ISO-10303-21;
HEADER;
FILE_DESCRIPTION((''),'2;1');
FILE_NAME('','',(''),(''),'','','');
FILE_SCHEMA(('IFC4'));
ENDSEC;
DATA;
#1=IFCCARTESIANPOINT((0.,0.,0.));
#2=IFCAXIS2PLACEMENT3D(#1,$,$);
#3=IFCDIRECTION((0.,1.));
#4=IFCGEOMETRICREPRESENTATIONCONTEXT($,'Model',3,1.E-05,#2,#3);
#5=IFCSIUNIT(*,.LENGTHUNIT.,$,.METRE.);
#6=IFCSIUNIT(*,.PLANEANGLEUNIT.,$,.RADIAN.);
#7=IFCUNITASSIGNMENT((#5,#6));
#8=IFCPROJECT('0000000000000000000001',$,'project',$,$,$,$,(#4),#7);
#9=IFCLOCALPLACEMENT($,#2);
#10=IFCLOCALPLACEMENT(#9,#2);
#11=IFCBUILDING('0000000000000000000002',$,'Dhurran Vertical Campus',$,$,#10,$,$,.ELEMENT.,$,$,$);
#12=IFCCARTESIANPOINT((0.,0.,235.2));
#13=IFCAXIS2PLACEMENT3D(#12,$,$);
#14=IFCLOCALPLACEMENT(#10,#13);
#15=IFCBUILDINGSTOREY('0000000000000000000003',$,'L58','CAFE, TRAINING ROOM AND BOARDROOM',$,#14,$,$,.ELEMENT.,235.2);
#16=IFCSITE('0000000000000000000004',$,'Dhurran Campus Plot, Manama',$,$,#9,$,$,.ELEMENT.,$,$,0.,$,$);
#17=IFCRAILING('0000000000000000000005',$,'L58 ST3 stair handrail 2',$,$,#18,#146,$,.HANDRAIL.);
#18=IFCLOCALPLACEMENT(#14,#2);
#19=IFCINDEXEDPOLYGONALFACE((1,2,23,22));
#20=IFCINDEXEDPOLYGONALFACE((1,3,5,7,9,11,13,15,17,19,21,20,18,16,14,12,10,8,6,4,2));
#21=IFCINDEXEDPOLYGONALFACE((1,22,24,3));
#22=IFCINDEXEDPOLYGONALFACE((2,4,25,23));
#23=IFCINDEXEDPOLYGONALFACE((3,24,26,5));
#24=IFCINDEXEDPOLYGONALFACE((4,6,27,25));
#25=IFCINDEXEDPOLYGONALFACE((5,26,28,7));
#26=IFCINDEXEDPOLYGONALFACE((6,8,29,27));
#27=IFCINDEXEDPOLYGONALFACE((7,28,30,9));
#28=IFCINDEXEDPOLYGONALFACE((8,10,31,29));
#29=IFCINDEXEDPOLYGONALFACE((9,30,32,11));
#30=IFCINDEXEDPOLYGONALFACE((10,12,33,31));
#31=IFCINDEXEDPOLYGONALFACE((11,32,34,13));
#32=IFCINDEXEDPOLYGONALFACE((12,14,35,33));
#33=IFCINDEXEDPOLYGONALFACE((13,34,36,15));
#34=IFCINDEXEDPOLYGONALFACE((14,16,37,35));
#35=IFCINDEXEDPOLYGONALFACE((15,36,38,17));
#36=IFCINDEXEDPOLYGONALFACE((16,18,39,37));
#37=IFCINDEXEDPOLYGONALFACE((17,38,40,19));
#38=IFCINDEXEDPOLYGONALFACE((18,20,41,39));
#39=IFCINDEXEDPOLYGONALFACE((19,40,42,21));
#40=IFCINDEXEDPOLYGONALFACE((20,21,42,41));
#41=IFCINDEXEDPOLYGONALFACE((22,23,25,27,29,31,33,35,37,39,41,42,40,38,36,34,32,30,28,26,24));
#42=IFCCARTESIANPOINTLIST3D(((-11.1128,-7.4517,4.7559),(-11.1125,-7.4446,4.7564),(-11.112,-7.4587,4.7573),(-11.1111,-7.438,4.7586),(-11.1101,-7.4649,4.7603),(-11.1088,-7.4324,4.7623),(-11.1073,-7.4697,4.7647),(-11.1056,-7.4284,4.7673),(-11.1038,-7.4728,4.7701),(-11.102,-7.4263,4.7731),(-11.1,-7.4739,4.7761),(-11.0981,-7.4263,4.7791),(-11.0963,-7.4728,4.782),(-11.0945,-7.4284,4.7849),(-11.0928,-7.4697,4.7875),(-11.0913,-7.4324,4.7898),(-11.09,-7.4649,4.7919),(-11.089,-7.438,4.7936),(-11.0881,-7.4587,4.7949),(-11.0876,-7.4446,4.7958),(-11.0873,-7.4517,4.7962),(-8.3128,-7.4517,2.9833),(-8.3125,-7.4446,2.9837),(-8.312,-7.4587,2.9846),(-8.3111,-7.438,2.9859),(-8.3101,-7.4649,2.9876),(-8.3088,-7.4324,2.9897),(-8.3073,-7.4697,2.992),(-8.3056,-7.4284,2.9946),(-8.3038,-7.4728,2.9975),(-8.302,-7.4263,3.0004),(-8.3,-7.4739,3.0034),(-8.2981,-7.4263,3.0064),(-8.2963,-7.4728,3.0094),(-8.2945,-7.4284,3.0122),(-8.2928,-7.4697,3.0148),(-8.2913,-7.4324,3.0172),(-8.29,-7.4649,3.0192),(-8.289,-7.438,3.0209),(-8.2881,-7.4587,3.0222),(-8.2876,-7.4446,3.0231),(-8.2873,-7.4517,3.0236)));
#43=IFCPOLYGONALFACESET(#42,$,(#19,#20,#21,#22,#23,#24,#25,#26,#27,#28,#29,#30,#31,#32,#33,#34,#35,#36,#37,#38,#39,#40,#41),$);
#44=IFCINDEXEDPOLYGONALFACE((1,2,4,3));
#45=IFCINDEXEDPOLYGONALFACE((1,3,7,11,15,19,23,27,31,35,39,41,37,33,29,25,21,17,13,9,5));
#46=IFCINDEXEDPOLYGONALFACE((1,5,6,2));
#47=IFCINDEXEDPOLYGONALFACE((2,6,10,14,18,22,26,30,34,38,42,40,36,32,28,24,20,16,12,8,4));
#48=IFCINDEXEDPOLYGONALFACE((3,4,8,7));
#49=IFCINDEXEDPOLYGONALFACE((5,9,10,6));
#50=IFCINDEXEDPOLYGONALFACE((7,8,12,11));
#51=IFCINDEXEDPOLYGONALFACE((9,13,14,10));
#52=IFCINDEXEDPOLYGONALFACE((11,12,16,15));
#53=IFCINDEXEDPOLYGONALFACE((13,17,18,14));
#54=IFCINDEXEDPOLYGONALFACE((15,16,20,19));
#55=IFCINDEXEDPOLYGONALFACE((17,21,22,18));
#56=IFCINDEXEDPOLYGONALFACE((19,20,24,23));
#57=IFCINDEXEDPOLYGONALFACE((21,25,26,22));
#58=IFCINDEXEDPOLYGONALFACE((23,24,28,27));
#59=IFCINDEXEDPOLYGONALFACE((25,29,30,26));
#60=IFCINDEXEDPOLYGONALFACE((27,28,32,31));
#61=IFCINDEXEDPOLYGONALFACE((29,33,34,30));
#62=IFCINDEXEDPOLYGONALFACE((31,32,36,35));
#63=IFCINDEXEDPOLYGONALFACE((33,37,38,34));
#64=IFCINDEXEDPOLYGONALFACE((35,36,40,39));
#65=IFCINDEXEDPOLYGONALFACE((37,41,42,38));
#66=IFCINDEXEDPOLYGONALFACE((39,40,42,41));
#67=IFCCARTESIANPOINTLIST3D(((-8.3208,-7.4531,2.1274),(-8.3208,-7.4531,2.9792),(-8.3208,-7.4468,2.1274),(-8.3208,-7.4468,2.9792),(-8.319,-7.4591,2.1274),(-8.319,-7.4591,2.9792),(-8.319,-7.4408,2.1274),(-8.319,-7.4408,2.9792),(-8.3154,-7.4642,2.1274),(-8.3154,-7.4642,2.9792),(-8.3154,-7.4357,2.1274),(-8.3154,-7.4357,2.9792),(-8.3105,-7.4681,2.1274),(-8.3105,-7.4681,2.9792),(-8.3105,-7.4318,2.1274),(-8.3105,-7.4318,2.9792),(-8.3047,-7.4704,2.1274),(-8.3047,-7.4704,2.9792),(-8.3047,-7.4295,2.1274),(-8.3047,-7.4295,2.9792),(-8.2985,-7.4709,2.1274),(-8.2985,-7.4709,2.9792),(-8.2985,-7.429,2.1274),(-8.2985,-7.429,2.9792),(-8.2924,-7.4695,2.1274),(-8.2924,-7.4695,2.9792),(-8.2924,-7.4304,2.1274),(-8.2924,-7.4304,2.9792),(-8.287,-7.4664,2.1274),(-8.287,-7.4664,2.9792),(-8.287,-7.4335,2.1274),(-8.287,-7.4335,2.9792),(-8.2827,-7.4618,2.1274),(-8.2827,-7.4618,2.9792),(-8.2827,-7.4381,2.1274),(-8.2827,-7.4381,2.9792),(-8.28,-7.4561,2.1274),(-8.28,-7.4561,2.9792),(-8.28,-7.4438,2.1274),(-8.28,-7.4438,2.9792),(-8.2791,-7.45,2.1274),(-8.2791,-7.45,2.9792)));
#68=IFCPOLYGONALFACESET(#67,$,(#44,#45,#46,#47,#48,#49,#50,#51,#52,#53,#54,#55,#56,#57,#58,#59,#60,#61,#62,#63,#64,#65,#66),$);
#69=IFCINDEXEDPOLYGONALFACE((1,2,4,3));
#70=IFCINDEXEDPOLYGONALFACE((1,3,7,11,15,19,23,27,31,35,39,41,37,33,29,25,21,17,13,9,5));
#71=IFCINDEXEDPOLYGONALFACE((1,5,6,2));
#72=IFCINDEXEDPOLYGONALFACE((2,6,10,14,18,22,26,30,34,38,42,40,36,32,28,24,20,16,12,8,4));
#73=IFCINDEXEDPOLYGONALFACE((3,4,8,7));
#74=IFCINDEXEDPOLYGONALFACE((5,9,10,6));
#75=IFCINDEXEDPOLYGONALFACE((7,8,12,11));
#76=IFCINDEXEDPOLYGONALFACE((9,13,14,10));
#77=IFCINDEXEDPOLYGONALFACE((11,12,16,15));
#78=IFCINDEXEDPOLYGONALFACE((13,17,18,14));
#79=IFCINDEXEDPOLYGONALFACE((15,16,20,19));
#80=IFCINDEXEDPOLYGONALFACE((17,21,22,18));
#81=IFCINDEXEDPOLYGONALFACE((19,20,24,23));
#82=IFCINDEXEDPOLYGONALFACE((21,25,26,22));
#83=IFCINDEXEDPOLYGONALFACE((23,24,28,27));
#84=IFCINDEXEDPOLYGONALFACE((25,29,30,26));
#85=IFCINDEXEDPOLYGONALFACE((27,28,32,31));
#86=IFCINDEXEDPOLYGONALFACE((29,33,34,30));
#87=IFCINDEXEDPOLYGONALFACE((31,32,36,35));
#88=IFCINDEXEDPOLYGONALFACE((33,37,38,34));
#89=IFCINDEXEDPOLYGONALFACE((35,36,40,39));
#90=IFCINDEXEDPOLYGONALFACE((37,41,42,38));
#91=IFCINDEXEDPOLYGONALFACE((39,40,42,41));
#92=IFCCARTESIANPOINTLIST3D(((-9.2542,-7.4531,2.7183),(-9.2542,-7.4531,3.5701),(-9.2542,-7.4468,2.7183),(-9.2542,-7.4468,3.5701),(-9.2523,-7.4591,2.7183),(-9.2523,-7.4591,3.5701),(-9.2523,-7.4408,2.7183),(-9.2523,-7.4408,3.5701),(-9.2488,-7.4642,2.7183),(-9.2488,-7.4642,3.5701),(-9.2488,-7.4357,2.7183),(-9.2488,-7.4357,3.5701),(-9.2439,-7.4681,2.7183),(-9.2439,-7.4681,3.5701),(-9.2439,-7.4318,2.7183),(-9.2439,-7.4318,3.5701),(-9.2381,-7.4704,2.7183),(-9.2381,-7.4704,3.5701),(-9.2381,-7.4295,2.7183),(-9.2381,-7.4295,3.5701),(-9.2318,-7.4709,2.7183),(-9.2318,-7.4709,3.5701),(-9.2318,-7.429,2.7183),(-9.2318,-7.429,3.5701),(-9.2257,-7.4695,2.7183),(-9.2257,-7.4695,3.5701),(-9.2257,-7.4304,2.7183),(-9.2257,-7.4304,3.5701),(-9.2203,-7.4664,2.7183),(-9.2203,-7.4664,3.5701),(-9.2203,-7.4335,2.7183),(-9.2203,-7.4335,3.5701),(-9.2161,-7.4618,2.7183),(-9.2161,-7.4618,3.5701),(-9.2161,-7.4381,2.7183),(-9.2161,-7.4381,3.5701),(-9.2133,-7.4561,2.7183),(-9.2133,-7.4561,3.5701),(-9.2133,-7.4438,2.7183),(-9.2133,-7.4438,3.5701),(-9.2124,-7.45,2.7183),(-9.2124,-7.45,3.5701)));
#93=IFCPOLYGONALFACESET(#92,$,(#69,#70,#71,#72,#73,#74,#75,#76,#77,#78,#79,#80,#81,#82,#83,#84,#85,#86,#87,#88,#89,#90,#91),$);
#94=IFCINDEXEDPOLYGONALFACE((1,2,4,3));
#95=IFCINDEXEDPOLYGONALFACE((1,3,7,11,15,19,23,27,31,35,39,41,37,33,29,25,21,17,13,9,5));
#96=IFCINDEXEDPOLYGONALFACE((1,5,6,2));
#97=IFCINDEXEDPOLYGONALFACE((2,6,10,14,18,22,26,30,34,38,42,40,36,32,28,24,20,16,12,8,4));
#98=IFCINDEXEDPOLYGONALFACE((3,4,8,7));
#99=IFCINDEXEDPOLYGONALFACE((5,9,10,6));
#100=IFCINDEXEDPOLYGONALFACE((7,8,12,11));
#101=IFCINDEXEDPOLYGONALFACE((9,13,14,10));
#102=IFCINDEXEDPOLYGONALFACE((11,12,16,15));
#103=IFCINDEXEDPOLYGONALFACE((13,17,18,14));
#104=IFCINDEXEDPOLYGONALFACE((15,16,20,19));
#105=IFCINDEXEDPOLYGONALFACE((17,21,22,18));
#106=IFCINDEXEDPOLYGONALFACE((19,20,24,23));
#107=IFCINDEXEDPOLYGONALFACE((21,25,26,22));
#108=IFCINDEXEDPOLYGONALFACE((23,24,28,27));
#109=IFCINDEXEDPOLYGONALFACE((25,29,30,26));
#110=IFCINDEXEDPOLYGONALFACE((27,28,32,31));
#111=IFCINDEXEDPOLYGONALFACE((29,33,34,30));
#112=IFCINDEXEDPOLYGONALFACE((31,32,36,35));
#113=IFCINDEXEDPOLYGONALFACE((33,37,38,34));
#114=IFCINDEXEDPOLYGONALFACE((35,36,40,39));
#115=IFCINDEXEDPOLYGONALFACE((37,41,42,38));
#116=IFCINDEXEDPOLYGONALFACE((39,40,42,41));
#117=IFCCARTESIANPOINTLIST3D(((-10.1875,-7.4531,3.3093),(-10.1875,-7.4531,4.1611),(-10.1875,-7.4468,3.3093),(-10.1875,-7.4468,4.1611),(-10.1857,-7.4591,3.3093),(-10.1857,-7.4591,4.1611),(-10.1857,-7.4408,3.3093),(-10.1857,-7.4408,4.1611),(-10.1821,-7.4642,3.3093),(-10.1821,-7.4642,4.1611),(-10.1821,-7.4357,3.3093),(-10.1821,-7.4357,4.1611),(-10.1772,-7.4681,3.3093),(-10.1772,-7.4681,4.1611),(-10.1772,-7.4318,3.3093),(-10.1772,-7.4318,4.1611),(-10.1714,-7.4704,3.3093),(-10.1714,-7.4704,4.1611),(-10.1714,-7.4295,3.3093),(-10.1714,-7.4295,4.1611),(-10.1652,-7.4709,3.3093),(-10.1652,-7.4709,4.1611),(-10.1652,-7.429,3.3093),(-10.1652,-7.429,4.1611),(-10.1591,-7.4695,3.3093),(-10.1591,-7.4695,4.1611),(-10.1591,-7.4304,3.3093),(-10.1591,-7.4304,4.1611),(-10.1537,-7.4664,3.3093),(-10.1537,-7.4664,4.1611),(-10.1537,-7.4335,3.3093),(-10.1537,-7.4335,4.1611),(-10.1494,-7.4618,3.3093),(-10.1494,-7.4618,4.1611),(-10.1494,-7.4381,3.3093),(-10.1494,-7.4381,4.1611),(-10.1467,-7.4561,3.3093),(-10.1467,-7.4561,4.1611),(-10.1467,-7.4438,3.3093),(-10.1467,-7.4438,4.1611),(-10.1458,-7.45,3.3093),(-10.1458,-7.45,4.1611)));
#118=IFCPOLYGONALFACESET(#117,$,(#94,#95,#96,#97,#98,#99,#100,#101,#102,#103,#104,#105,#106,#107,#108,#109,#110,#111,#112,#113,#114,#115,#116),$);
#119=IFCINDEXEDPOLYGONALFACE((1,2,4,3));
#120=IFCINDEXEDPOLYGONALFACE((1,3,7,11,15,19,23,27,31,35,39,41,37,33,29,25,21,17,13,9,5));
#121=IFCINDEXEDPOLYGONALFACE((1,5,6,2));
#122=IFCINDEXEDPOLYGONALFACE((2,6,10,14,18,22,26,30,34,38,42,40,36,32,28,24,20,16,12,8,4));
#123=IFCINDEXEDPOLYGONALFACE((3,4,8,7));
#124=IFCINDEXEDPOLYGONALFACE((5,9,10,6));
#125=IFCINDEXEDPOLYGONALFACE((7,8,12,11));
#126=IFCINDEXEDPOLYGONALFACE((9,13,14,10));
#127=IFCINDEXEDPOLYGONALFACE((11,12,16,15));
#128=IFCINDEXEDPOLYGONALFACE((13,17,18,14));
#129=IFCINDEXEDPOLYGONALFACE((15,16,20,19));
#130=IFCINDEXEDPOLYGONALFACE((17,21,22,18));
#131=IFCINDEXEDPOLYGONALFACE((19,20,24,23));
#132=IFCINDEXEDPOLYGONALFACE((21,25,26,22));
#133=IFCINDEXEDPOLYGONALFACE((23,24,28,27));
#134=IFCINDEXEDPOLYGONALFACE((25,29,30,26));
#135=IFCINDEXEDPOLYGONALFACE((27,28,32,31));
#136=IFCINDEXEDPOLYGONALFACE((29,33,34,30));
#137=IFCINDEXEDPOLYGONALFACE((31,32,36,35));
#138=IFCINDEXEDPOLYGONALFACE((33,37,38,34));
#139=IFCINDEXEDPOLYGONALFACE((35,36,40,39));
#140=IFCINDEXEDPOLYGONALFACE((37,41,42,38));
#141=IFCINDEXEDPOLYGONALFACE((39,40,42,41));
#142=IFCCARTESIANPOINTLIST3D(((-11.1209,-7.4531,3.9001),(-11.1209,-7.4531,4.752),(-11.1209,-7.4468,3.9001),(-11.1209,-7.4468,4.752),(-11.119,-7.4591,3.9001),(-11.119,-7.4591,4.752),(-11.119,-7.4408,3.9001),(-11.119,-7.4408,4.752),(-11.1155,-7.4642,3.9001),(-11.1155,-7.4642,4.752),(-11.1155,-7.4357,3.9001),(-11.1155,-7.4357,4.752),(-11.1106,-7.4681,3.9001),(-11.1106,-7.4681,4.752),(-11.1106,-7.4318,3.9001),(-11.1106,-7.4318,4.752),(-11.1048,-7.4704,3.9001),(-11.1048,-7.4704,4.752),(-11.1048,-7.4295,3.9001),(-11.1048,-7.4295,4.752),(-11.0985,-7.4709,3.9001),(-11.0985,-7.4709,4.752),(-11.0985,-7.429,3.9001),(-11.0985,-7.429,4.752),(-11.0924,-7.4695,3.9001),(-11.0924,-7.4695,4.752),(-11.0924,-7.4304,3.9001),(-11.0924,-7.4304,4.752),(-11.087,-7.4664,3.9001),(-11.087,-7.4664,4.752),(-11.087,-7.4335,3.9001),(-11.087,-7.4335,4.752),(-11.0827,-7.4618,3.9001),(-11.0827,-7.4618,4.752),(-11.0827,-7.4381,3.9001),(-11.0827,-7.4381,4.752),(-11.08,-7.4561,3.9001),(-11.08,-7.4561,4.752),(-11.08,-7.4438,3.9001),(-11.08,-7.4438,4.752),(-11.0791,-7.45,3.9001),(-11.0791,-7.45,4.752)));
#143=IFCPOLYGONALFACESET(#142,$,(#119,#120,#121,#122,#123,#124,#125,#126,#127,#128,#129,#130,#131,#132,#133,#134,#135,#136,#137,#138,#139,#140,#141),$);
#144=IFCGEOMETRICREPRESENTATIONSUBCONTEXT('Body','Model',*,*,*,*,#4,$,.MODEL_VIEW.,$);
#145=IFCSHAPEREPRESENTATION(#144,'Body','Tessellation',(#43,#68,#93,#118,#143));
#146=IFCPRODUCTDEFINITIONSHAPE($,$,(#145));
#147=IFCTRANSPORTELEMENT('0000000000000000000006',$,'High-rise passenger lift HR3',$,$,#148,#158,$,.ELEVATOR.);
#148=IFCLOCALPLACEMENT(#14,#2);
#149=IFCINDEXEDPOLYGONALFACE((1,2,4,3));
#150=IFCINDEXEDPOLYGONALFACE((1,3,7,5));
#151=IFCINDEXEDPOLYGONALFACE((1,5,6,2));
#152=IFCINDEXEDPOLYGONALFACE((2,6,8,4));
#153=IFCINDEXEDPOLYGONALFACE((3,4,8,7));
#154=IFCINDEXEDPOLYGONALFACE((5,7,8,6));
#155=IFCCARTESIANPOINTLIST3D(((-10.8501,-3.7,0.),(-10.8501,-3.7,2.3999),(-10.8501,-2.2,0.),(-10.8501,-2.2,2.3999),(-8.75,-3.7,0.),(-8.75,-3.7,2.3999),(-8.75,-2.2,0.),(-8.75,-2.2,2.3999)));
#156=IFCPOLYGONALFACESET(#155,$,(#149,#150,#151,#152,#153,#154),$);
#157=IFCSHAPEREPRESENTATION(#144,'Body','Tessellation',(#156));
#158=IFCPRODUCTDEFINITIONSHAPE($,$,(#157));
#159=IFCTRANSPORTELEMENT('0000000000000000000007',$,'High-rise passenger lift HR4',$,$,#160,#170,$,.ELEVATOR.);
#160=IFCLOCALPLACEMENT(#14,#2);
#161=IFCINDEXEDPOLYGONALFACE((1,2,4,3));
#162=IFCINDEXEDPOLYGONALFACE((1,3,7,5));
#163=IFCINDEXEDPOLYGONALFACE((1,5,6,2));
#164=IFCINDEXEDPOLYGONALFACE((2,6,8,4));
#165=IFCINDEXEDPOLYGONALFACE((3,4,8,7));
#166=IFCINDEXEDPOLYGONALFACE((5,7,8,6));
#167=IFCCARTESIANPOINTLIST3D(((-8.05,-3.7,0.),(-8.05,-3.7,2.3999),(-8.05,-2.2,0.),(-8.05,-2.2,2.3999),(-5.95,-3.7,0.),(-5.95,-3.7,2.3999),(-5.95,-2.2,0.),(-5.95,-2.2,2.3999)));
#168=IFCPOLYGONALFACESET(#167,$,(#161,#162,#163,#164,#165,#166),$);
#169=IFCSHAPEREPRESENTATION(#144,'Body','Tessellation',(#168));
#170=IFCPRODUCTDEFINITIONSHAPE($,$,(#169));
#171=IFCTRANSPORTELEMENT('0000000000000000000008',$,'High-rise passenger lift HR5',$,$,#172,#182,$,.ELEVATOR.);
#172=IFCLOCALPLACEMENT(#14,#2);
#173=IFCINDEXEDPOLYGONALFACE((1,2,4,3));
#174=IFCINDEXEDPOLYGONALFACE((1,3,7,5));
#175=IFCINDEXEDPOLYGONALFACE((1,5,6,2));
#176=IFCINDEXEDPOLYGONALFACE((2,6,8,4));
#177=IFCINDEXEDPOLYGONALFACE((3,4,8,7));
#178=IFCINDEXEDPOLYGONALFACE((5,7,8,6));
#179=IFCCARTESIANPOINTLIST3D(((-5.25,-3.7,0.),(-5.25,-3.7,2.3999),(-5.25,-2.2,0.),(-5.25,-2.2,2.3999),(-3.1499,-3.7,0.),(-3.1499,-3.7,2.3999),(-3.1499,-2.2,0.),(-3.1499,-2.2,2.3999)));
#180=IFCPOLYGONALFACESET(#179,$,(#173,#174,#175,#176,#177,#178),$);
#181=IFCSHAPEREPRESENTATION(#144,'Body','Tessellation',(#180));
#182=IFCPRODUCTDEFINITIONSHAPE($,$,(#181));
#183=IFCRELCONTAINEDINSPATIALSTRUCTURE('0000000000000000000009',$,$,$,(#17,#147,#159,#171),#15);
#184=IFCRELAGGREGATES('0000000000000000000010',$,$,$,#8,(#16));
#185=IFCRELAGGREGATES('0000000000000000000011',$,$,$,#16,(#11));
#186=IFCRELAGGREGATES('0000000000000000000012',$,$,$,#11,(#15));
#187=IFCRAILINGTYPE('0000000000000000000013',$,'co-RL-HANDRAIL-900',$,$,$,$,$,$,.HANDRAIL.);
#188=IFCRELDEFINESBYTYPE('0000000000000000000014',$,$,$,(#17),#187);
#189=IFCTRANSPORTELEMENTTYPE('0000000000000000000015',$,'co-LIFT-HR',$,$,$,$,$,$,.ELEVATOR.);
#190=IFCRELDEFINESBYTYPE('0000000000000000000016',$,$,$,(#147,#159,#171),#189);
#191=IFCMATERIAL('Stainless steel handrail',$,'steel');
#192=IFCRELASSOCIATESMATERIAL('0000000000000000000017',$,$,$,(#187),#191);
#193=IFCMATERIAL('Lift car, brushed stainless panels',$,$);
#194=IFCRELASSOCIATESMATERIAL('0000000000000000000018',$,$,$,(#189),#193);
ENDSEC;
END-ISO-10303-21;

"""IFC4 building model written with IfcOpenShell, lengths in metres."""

from ifc_helpers import new_model, si_unit, direction, frame, origin, origin_2d, place, context, subcontext, project, spatial, rectangle, circle, extrude, material, type_object, element, save


model = new_model("IFC4")

# Units and contexts
model_context = context("Model", 3, precision=1e-05, world=origin(), true_north=direction((0.0, 1.0)))
body_context = subcontext(model_context, "Body", "Model", "MODEL_VIEW")
ifc_project = project(units=[si_unit("LENGTHUNIT", "METRE"), si_unit("PLANEANGLEUNIT", "RADIAN")], contexts=[model_context])

# Site, building, storey
site_placement = place(None, origin())
site = spatial("IfcSite", under=ifc_project, at=site_placement, Name="Dhurran Campus Plot, Manama", CompositionType="ELEMENT", RefElevation=0.0)
building_placement = place(site_placement, origin())
building = spatial("IfcBuilding", under=site, at=building_placement, Name="Dhurran Vertical Campus", CompositionType="ELEMENT")
storey_placement = place(building_placement, frame((0.0, 0.0, 235.2)))
storey = spatial("IfcBuildingStorey", under=building, at=storey_placement, Name="L58", Description="CAFE, TRAINING ROOM AND BOARDROOM", CompositionType="ELEMENT", Elevation=235.2)

# Railing
ifc_material_1 = material(Name="Stainless steel handrail", Category="steel")
railing_type_1 = type_object("IfcRailingType", Name="co-RL-HANDRAIL-900", PredefinedType="HANDRAIL", material=ifc_material_1)
railing_1_placement = place(storey_placement, frame((-8.3, -7.45, 2.1274)))
element("IfcRailing", 1, at=railing_1_placement, inside=storey, type_object=railing_type_1, Name="L58 ST3 stair handrail 2", PredefinedType="HANDRAIL", context=body_context, shape_type="SweptSolid", body=[
    extrude(circle(Radius=0.0239, at=origin_2d()), frame((0.0, 0.0, 0.876), z_axis=(-0.844909, 0.0, 0.53491), x_axis=(0.0, -1.0, 0.0)), (0.0, 0.0, 1.0), 3.314),
    extrude(circle(Radius=0.021, at=origin_2d()), origin(), (0.0, 0.0, 1.0), 0.8518),
    extrude(circle(Radius=0.021, at=origin_2d()), frame((-0.9333, 0.0, 0.5908)), (0.0, 0.0, 1.0), 0.8518),
    extrude(circle(Radius=0.021, at=origin_2d()), frame((-1.8667, 0.0, 1.1819)), (0.0, 0.0, 1.0), 0.8518),
    extrude(circle(Radius=0.021, at=origin_2d()), frame((-2.8, 0.0, 1.7727)), (0.0, 0.0, 1.0), 0.8518),
])

# Transport elements
ifc_material_2 = material(Name="Lift car, brushed stainless panels")
transport_element_type = type_object("IfcTransportElementType", Name="co-LIFT-HR", PredefinedType="ELEVATOR", material=ifc_material_2)
for number, where, z_axis, x_axis, name in (
    (2, (-9.8, -2.95, 0.0), (0.0, 0.0, 1.0), (1.0, 0.0, 0.0), "High-rise passenger lift HR3"),
    (3, (-7.0, -2.95, 0.0), (0.0, 0.0, 1.0), (1.0, 0.0, 0.0), "High-rise passenger lift HR4"),
    (4, (-4.2, -2.95, 0.0), (0.0, 0.0, 1.0), (1.0, 0.0, 0.0), "High-rise passenger lift HR5"),
):
    element("IfcTransportElement", number, at=place(storey_placement, frame(where, z_axis=z_axis, x_axis=x_axis)), inside=storey, type_object=transport_element_type, Name=name, PredefinedType="ELEVATOR", context=body_context, shape_type="SweptSolid", body=[
        extrude(rectangle(XDim=2.1001, YDim=1.5, at=origin_2d()), origin(), (0.0, 0.0, 1.0), 2.3999),
    ])

save(model, "model.ifc")
